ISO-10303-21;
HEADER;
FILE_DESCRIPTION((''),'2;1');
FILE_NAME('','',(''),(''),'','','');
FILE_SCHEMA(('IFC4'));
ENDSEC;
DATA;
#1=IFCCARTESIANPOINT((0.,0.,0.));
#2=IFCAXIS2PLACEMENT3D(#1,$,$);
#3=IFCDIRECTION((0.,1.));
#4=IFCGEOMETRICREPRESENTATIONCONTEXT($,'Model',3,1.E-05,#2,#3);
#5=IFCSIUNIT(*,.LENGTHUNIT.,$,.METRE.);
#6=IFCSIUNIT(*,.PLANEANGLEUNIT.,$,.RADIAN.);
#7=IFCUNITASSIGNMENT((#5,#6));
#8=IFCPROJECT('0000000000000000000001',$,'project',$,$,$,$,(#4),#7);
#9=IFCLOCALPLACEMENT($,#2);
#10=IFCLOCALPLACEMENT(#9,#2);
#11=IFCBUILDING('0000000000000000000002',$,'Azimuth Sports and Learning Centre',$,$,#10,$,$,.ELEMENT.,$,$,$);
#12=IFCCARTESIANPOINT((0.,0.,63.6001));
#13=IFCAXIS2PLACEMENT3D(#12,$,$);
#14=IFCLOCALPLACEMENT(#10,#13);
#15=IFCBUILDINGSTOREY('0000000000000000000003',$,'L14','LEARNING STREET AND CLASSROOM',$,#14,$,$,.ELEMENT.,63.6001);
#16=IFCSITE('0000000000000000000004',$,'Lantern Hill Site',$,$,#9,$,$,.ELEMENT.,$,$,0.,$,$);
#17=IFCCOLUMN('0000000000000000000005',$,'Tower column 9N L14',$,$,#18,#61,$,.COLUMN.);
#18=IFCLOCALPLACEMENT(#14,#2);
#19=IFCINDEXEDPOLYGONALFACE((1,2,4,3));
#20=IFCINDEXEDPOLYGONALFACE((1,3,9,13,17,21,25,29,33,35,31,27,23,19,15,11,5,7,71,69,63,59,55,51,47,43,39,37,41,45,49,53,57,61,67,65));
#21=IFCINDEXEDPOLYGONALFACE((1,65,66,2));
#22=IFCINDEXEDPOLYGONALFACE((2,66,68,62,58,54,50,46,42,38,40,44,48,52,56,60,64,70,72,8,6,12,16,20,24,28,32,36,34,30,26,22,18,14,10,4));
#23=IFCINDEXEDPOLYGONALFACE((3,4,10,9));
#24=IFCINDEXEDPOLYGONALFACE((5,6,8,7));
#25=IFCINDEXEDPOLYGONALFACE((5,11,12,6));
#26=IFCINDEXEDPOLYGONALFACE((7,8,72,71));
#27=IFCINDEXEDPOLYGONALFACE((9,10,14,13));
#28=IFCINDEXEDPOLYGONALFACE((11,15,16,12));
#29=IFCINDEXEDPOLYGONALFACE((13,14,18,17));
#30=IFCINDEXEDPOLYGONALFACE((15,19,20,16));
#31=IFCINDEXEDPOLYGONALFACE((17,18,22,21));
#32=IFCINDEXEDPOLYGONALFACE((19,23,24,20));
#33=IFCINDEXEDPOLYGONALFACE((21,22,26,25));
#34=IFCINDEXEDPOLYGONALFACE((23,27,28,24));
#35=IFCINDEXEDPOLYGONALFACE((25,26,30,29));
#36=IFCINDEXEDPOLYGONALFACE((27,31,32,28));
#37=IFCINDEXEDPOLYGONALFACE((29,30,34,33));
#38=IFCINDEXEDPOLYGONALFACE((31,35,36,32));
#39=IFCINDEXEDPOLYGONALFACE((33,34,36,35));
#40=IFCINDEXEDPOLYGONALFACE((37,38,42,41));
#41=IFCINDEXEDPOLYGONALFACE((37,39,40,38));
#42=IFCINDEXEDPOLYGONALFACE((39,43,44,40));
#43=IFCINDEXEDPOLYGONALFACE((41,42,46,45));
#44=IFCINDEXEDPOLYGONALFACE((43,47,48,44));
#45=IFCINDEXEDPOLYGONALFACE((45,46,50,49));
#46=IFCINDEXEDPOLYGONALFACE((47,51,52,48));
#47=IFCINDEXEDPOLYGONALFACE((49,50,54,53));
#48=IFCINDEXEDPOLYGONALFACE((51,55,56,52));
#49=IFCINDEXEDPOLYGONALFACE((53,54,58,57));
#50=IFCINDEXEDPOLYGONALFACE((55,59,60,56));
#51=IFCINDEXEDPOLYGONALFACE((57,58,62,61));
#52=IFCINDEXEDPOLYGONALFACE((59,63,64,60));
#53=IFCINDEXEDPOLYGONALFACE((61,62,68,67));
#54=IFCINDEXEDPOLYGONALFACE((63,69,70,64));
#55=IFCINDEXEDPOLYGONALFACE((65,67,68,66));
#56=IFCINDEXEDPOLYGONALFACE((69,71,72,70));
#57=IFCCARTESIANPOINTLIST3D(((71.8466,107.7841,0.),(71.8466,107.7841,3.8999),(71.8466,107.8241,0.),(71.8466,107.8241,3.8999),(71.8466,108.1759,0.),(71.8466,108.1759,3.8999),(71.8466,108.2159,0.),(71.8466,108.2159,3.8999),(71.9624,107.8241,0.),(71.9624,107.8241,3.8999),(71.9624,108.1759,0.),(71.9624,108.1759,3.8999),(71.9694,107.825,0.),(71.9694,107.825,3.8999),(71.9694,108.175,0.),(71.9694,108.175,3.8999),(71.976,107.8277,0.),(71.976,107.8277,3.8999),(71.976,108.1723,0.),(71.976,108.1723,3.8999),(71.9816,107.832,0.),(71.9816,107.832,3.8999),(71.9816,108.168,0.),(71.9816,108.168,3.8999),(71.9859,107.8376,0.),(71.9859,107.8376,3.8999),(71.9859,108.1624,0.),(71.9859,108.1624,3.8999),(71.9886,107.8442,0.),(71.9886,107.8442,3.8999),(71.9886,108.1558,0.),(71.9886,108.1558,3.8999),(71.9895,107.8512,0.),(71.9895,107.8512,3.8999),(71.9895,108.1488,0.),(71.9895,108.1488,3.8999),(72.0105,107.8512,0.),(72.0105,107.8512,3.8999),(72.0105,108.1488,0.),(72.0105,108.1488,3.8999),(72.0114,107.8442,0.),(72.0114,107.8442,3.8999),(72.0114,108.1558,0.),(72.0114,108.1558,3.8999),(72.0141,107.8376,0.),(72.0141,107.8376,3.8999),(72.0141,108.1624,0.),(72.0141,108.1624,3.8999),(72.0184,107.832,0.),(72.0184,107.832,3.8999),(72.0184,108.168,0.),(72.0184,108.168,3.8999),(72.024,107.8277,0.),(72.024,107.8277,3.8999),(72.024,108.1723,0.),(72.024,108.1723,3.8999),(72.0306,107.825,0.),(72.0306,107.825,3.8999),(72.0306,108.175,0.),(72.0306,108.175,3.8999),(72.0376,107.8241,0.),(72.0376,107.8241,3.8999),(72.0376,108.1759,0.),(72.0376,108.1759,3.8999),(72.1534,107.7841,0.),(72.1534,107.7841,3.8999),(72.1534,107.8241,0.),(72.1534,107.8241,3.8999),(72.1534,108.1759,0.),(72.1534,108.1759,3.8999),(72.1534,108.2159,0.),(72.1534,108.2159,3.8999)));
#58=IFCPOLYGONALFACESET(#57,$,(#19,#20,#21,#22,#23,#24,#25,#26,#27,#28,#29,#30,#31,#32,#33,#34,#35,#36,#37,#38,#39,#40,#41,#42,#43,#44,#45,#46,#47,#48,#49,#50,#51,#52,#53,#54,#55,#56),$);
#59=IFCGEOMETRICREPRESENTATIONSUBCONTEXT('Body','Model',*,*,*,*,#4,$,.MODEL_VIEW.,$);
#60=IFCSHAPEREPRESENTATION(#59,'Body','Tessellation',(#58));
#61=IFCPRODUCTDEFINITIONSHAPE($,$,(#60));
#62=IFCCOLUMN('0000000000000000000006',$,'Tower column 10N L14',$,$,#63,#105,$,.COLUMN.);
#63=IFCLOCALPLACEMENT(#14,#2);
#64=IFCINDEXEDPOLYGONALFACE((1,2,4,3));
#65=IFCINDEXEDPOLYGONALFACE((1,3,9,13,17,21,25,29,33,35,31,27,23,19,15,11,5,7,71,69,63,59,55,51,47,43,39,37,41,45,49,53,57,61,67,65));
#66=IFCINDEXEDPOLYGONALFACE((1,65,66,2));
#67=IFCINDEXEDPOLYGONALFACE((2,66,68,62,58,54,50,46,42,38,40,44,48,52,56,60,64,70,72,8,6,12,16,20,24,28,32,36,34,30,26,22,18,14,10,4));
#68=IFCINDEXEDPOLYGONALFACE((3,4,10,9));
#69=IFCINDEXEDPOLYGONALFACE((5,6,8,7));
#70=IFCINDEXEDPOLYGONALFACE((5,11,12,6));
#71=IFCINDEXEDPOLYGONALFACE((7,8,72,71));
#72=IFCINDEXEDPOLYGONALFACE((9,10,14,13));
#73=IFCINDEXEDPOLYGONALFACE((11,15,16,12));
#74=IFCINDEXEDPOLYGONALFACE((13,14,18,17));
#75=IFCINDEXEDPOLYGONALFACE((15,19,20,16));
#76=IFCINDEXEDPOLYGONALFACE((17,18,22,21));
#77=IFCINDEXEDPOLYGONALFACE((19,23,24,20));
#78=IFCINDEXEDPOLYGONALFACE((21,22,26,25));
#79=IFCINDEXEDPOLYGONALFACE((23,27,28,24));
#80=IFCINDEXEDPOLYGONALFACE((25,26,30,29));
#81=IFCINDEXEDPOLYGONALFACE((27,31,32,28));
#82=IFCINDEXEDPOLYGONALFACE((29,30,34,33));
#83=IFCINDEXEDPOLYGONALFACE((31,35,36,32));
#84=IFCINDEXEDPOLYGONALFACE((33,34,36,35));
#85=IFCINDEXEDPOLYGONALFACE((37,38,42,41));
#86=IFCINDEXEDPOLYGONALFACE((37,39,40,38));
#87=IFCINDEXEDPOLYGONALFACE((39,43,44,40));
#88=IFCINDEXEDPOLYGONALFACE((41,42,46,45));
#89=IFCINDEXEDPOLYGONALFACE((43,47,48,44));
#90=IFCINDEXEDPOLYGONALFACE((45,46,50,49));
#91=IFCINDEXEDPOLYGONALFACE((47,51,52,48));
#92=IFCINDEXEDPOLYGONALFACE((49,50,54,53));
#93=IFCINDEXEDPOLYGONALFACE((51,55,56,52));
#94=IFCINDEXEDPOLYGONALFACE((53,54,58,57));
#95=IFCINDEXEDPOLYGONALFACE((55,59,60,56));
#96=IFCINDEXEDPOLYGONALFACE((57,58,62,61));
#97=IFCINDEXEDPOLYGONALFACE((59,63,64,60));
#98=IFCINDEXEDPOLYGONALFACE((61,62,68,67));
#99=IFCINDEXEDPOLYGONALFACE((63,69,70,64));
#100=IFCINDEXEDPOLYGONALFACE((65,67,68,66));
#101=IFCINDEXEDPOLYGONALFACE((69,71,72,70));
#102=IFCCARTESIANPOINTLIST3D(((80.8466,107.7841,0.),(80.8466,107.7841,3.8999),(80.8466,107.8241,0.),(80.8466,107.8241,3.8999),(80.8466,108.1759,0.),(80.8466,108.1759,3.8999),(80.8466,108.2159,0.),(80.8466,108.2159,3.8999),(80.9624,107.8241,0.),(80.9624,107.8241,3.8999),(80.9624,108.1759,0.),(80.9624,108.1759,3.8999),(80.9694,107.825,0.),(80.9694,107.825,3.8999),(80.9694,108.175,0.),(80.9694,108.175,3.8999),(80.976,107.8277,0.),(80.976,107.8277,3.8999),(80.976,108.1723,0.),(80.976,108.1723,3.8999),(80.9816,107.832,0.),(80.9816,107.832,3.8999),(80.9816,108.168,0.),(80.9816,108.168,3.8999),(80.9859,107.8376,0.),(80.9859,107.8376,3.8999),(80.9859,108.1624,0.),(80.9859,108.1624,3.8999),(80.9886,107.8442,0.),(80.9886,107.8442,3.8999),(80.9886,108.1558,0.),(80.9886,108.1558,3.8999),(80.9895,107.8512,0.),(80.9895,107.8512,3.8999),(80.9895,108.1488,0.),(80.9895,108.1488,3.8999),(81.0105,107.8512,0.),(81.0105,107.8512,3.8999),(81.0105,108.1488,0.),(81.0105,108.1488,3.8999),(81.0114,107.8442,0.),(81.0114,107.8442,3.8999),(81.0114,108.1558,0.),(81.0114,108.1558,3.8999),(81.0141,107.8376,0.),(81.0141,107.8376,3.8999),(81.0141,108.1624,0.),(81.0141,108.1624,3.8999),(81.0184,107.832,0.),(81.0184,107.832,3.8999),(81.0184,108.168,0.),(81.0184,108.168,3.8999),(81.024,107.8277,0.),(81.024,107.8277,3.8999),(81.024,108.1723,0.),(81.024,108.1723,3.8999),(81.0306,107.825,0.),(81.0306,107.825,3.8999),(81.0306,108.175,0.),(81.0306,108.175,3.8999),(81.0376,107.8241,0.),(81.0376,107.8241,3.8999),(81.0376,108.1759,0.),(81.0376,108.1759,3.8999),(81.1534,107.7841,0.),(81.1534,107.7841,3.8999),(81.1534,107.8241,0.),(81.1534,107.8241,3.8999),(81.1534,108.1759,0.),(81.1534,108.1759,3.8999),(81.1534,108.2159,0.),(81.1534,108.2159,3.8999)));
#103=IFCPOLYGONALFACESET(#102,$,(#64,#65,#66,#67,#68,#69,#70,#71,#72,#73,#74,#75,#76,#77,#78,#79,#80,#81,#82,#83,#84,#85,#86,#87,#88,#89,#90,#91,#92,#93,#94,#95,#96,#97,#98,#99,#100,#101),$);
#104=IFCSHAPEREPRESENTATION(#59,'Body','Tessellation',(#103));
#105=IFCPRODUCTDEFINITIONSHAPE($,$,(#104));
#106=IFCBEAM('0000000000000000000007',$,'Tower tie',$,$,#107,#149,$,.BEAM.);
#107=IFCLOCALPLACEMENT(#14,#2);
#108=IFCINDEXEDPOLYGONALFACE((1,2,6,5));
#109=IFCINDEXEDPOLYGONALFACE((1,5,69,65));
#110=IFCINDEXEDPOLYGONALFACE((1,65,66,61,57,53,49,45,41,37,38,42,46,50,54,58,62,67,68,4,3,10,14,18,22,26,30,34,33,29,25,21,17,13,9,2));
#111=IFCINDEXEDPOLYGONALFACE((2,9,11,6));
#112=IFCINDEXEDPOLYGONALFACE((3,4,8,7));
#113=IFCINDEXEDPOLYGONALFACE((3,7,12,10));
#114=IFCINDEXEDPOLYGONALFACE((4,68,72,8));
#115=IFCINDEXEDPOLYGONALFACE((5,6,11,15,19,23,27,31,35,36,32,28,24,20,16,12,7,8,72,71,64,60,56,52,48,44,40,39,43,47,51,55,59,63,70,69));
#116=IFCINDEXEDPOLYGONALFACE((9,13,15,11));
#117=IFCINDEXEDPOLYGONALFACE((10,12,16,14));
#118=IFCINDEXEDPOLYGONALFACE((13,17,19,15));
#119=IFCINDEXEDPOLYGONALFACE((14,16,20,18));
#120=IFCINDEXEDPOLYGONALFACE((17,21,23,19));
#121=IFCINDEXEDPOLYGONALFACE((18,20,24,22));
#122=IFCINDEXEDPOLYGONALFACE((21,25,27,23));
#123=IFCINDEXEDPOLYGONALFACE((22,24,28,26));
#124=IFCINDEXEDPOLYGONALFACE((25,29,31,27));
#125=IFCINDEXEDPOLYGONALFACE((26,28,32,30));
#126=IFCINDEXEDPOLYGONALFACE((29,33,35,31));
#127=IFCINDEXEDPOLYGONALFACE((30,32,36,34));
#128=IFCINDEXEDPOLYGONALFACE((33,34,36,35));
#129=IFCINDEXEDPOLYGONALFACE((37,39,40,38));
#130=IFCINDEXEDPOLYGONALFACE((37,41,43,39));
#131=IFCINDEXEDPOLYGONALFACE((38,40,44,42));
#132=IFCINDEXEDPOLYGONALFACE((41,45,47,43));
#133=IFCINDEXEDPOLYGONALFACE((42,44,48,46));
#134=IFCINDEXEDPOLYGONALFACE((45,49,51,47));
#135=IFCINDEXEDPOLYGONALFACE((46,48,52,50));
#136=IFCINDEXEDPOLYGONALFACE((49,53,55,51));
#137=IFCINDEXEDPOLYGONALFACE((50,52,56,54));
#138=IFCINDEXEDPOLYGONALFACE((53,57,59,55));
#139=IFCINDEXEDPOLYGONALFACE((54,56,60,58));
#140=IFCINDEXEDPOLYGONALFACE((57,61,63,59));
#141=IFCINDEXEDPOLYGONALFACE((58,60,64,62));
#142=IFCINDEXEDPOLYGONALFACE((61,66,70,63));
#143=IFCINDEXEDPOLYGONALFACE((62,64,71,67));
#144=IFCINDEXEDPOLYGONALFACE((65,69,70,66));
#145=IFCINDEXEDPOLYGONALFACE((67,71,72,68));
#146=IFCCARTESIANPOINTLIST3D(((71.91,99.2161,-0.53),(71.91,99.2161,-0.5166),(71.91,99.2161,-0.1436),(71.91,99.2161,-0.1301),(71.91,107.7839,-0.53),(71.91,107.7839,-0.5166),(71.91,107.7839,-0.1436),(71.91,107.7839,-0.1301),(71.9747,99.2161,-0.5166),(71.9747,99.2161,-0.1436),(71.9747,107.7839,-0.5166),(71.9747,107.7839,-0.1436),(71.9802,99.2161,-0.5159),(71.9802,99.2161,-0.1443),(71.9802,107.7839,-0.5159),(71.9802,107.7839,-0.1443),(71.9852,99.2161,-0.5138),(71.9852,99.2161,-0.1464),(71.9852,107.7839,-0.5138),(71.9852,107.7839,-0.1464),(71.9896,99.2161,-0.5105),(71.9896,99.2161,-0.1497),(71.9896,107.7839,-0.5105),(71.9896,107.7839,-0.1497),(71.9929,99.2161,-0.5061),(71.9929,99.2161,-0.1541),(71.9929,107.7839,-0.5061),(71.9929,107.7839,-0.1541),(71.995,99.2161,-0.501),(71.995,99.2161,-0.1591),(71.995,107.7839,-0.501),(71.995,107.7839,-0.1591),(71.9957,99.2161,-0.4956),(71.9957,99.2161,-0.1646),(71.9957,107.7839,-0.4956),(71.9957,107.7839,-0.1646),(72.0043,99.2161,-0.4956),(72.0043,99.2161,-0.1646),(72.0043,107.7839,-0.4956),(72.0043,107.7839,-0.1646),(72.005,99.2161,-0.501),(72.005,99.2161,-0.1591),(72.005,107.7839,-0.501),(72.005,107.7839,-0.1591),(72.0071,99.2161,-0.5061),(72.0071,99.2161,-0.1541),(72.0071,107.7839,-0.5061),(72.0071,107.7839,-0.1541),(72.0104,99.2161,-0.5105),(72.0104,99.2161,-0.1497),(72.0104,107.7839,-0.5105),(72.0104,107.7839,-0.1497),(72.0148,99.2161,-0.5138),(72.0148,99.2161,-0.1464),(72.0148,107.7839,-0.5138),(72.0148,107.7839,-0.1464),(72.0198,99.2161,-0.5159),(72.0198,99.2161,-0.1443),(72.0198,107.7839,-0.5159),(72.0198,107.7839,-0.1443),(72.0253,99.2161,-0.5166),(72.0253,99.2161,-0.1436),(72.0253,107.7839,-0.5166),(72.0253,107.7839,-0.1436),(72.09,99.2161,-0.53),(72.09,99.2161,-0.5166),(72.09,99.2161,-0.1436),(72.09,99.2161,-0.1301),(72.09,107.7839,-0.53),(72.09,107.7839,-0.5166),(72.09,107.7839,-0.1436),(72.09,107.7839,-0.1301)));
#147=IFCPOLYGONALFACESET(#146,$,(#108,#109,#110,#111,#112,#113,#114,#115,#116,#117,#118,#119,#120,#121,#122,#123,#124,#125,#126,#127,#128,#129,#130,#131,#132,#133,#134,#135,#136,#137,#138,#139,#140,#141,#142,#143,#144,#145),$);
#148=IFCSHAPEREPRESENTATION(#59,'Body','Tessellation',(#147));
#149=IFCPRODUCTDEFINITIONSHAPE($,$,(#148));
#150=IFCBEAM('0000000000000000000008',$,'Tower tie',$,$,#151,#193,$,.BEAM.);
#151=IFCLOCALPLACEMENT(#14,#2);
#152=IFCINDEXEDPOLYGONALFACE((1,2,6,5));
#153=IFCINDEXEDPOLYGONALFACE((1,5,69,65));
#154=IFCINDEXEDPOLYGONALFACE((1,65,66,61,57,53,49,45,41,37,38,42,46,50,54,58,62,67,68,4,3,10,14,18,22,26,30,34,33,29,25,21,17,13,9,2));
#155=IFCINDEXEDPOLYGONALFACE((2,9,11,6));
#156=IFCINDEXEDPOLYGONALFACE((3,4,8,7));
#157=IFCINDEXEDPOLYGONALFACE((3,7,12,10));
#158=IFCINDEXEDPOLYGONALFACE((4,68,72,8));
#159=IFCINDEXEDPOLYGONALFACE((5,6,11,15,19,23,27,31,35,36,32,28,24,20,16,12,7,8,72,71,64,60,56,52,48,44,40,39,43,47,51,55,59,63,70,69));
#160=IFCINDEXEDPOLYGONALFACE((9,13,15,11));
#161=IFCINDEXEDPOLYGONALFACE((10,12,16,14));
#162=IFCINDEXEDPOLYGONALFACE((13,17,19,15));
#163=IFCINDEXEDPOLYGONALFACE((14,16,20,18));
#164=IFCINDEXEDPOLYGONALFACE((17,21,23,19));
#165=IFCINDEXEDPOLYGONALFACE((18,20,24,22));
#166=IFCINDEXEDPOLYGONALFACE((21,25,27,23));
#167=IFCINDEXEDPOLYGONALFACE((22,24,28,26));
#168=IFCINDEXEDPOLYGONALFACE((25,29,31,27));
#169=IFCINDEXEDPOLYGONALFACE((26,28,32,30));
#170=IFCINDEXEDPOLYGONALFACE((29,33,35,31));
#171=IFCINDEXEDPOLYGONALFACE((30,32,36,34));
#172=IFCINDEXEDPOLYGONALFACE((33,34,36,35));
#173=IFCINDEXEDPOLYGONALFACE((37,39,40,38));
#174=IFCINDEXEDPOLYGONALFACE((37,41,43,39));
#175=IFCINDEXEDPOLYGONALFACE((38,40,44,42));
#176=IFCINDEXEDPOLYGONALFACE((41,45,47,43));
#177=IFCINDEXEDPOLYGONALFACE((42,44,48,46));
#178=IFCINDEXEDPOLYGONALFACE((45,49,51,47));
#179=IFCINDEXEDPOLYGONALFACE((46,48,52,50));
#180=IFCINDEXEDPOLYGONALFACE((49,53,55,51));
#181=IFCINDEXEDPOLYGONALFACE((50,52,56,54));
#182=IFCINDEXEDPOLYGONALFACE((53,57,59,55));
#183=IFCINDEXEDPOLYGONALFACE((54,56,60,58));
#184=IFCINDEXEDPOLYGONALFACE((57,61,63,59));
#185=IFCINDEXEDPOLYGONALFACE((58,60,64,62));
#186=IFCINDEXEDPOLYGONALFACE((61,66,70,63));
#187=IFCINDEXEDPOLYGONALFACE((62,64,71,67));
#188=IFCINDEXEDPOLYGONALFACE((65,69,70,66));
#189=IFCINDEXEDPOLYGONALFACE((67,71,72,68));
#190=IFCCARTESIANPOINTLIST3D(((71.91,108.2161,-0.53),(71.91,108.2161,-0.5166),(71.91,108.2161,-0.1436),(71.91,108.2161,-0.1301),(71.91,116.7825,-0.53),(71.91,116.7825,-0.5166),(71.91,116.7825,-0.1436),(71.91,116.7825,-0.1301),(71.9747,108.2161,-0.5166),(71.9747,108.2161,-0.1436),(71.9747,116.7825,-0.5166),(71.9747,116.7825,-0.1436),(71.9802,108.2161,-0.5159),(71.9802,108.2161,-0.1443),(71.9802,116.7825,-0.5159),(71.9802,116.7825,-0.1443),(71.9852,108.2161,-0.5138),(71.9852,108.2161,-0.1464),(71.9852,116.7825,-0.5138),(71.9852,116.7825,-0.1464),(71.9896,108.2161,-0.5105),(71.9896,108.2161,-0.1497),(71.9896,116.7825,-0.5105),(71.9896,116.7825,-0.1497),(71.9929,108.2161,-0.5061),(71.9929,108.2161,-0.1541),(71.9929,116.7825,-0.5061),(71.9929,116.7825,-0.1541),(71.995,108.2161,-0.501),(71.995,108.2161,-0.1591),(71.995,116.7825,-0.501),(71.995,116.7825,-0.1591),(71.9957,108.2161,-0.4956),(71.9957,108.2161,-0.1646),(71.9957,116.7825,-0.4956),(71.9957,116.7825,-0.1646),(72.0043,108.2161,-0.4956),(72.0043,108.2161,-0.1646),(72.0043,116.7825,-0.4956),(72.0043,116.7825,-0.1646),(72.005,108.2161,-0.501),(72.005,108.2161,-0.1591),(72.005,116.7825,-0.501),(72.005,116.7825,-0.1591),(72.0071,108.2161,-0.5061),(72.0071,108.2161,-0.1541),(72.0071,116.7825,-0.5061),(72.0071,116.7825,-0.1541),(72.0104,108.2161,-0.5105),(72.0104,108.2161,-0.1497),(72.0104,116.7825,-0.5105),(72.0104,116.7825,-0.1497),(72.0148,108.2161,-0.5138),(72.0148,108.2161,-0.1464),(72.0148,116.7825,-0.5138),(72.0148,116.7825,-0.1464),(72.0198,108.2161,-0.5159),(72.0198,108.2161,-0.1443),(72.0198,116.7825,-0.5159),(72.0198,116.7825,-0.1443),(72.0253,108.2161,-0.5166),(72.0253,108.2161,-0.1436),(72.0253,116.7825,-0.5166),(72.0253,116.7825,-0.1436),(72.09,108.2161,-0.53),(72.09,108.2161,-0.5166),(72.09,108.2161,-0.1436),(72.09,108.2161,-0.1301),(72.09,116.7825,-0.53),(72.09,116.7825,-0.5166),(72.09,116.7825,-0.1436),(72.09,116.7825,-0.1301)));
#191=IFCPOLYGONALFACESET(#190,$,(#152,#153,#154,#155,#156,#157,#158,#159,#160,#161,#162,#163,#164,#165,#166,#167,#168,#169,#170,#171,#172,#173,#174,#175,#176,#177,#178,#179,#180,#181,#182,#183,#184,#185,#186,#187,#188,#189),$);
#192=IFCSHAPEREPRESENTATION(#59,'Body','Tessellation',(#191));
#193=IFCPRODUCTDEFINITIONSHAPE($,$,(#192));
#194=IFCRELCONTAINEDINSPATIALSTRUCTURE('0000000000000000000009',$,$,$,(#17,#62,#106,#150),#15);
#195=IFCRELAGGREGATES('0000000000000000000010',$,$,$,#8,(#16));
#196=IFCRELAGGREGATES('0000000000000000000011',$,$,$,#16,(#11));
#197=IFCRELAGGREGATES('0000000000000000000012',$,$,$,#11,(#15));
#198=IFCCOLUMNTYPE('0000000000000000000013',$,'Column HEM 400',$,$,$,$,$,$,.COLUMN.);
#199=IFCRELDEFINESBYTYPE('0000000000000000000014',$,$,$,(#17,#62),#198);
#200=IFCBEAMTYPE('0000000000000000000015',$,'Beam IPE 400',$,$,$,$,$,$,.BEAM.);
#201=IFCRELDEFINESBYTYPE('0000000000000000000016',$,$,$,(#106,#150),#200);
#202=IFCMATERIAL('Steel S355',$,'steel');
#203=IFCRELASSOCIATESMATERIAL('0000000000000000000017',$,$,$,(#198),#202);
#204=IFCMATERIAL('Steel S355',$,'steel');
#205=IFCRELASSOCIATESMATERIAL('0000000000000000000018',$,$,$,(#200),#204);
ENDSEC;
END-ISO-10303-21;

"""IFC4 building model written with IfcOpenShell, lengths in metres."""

from ifc_helpers import new_model, si_unit, direction, frame, origin, origin_2d, place, context, subcontext, project, spatial, i_section, extrude, material, material_profile, profile_set, type_object, element, save


model = new_model("IFC4")

# Units and contexts
model_context = context("Model", 3, precision=1e-05, world=origin(), true_north=direction((0.0, 1.0)))
body_context = subcontext(model_context, "Body", "Model", "MODEL_VIEW")
ifc_project = project(units=[si_unit("LENGTHUNIT", "METRE"), si_unit("PLANEANGLEUNIT", "RADIAN")], contexts=[model_context])

# Site, building, storey
site_placement = place(None, origin())
site = spatial("IfcSite", under=ifc_project, at=site_placement, Name="Lantern Hill Site", CompositionType="ELEMENT", RefElevation=0.0)
building_placement = place(site_placement, origin())
building = spatial("IfcBuilding", under=site, at=building_placement, Name="Azimuth Sports and Learning Centre", CompositionType="ELEMENT")
storey_placement = place(building_placement, frame((0.0, 0.0, 63.6001)))
storey = spatial("IfcBuildingStorey", under=building, at=storey_placement, Name="L14", Description="LEARNING STREET AND CLASSROOM", CompositionType="ELEMENT", Elevation=63.6001)

# Columns
ifc_material_1 = material(Name="Steel S355", Category="steel")
ifc_material_profile_1 = material_profile(ifc_material_1, i_section(OverallWidth=0.3069, OverallDepth=0.4319, WebThickness=0.021, FlangeThickness=0.04, FilletRadius=0.0271, at=origin_2d()), Name="HEM 400")
ifc_profile_set_1 = profile_set([ifc_material_profile_1], Name="Steel S355")
column_type = type_object("IfcColumnType", Name="Column HEM 400", PredefinedType="COLUMN", material=ifc_profile_set_1)
for number, where, z_axis, x_axis, name in (
    (1, (72.0, 108.0, 0.0), (0.0, 0.0, 1.0), (1.0, 0.0, 0.0), "Tower column 9N L14"),
    (2, (81.0, 108.0, 0.0), (0.0, 0.0, 1.0), (1.0, 0.0, 0.0), "Tower column 10N L14"),
):
    element("IfcColumn", number, at=place(storey_placement, frame(where, z_axis=z_axis, x_axis=x_axis)), inside=storey, type_object=column_type, Name=name, PredefinedType="COLUMN", context=body_context, shape_type="SweptSolid", body=[
        extrude(i_section(OverallWidth=0.3069, OverallDepth=0.4319, WebThickness=0.021, FlangeThickness=0.04, FilletRadius=0.0271, at=origin_2d()), origin(), (0.0, 0.0, 1.0), 3.8999),
    ])

# Beams
ifc_material_2 = material(Name="Steel S355", Category="steel")
ifc_material_profile_2 = material_profile(ifc_material_2, i_section(OverallWidth=0.1799, OverallDepth=0.3999, WebThickness=0.0085, FlangeThickness=0.0134, FilletRadius=0.021, at=origin_2d()), Name="IPE 400")
ifc_profile_set_2 = profile_set([ifc_material_profile_2], Name="Steel S355")
beam_type_1 = type_object("IfcBeamType", Name="Beam IPE 400", PredefinedType="BEAM", material=ifc_profile_set_2)
beam_1_placement = place(storey_placement, frame((72.0, 99.2161, -0.3301), z_axis=(0.0, 1.0, 0.0), x_axis=(-1.0, 0.0, 0.0)))
element("IfcBeam", 3, at=beam_1_placement, inside=storey, type_object=beam_type_1, Name="Tower tie", PredefinedType="BEAM", context=body_context, shape_type="SweptSolid", body=[
    extrude(i_section(OverallWidth=0.1799, OverallDepth=0.3999, WebThickness=0.0085, FlangeThickness=0.0134, FilletRadius=0.021, at=origin_2d()), origin(), (0.0, 0.0, 1.0), 8.5679),
])
beam_2_placement = place(storey_placement, frame((72.0, 108.2161, -0.3301), z_axis=(0.0, 1.0, 0.0), x_axis=(-1.0, 0.0, 0.0)))
element("IfcBeam", 4, at=beam_2_placement, inside=storey, type_object=beam_type_1, Name="Tower tie", PredefinedType="BEAM", context=body_context, shape_type="SweptSolid", body=[
    extrude(i_section(OverallWidth=0.1799, OverallDepth=0.3999, WebThickness=0.0085, FlangeThickness=0.0134, FilletRadius=0.021, at=origin_2d()), origin(), (0.0, 0.0, 1.0), 8.5664),
])

save(model, "model.ifc")
